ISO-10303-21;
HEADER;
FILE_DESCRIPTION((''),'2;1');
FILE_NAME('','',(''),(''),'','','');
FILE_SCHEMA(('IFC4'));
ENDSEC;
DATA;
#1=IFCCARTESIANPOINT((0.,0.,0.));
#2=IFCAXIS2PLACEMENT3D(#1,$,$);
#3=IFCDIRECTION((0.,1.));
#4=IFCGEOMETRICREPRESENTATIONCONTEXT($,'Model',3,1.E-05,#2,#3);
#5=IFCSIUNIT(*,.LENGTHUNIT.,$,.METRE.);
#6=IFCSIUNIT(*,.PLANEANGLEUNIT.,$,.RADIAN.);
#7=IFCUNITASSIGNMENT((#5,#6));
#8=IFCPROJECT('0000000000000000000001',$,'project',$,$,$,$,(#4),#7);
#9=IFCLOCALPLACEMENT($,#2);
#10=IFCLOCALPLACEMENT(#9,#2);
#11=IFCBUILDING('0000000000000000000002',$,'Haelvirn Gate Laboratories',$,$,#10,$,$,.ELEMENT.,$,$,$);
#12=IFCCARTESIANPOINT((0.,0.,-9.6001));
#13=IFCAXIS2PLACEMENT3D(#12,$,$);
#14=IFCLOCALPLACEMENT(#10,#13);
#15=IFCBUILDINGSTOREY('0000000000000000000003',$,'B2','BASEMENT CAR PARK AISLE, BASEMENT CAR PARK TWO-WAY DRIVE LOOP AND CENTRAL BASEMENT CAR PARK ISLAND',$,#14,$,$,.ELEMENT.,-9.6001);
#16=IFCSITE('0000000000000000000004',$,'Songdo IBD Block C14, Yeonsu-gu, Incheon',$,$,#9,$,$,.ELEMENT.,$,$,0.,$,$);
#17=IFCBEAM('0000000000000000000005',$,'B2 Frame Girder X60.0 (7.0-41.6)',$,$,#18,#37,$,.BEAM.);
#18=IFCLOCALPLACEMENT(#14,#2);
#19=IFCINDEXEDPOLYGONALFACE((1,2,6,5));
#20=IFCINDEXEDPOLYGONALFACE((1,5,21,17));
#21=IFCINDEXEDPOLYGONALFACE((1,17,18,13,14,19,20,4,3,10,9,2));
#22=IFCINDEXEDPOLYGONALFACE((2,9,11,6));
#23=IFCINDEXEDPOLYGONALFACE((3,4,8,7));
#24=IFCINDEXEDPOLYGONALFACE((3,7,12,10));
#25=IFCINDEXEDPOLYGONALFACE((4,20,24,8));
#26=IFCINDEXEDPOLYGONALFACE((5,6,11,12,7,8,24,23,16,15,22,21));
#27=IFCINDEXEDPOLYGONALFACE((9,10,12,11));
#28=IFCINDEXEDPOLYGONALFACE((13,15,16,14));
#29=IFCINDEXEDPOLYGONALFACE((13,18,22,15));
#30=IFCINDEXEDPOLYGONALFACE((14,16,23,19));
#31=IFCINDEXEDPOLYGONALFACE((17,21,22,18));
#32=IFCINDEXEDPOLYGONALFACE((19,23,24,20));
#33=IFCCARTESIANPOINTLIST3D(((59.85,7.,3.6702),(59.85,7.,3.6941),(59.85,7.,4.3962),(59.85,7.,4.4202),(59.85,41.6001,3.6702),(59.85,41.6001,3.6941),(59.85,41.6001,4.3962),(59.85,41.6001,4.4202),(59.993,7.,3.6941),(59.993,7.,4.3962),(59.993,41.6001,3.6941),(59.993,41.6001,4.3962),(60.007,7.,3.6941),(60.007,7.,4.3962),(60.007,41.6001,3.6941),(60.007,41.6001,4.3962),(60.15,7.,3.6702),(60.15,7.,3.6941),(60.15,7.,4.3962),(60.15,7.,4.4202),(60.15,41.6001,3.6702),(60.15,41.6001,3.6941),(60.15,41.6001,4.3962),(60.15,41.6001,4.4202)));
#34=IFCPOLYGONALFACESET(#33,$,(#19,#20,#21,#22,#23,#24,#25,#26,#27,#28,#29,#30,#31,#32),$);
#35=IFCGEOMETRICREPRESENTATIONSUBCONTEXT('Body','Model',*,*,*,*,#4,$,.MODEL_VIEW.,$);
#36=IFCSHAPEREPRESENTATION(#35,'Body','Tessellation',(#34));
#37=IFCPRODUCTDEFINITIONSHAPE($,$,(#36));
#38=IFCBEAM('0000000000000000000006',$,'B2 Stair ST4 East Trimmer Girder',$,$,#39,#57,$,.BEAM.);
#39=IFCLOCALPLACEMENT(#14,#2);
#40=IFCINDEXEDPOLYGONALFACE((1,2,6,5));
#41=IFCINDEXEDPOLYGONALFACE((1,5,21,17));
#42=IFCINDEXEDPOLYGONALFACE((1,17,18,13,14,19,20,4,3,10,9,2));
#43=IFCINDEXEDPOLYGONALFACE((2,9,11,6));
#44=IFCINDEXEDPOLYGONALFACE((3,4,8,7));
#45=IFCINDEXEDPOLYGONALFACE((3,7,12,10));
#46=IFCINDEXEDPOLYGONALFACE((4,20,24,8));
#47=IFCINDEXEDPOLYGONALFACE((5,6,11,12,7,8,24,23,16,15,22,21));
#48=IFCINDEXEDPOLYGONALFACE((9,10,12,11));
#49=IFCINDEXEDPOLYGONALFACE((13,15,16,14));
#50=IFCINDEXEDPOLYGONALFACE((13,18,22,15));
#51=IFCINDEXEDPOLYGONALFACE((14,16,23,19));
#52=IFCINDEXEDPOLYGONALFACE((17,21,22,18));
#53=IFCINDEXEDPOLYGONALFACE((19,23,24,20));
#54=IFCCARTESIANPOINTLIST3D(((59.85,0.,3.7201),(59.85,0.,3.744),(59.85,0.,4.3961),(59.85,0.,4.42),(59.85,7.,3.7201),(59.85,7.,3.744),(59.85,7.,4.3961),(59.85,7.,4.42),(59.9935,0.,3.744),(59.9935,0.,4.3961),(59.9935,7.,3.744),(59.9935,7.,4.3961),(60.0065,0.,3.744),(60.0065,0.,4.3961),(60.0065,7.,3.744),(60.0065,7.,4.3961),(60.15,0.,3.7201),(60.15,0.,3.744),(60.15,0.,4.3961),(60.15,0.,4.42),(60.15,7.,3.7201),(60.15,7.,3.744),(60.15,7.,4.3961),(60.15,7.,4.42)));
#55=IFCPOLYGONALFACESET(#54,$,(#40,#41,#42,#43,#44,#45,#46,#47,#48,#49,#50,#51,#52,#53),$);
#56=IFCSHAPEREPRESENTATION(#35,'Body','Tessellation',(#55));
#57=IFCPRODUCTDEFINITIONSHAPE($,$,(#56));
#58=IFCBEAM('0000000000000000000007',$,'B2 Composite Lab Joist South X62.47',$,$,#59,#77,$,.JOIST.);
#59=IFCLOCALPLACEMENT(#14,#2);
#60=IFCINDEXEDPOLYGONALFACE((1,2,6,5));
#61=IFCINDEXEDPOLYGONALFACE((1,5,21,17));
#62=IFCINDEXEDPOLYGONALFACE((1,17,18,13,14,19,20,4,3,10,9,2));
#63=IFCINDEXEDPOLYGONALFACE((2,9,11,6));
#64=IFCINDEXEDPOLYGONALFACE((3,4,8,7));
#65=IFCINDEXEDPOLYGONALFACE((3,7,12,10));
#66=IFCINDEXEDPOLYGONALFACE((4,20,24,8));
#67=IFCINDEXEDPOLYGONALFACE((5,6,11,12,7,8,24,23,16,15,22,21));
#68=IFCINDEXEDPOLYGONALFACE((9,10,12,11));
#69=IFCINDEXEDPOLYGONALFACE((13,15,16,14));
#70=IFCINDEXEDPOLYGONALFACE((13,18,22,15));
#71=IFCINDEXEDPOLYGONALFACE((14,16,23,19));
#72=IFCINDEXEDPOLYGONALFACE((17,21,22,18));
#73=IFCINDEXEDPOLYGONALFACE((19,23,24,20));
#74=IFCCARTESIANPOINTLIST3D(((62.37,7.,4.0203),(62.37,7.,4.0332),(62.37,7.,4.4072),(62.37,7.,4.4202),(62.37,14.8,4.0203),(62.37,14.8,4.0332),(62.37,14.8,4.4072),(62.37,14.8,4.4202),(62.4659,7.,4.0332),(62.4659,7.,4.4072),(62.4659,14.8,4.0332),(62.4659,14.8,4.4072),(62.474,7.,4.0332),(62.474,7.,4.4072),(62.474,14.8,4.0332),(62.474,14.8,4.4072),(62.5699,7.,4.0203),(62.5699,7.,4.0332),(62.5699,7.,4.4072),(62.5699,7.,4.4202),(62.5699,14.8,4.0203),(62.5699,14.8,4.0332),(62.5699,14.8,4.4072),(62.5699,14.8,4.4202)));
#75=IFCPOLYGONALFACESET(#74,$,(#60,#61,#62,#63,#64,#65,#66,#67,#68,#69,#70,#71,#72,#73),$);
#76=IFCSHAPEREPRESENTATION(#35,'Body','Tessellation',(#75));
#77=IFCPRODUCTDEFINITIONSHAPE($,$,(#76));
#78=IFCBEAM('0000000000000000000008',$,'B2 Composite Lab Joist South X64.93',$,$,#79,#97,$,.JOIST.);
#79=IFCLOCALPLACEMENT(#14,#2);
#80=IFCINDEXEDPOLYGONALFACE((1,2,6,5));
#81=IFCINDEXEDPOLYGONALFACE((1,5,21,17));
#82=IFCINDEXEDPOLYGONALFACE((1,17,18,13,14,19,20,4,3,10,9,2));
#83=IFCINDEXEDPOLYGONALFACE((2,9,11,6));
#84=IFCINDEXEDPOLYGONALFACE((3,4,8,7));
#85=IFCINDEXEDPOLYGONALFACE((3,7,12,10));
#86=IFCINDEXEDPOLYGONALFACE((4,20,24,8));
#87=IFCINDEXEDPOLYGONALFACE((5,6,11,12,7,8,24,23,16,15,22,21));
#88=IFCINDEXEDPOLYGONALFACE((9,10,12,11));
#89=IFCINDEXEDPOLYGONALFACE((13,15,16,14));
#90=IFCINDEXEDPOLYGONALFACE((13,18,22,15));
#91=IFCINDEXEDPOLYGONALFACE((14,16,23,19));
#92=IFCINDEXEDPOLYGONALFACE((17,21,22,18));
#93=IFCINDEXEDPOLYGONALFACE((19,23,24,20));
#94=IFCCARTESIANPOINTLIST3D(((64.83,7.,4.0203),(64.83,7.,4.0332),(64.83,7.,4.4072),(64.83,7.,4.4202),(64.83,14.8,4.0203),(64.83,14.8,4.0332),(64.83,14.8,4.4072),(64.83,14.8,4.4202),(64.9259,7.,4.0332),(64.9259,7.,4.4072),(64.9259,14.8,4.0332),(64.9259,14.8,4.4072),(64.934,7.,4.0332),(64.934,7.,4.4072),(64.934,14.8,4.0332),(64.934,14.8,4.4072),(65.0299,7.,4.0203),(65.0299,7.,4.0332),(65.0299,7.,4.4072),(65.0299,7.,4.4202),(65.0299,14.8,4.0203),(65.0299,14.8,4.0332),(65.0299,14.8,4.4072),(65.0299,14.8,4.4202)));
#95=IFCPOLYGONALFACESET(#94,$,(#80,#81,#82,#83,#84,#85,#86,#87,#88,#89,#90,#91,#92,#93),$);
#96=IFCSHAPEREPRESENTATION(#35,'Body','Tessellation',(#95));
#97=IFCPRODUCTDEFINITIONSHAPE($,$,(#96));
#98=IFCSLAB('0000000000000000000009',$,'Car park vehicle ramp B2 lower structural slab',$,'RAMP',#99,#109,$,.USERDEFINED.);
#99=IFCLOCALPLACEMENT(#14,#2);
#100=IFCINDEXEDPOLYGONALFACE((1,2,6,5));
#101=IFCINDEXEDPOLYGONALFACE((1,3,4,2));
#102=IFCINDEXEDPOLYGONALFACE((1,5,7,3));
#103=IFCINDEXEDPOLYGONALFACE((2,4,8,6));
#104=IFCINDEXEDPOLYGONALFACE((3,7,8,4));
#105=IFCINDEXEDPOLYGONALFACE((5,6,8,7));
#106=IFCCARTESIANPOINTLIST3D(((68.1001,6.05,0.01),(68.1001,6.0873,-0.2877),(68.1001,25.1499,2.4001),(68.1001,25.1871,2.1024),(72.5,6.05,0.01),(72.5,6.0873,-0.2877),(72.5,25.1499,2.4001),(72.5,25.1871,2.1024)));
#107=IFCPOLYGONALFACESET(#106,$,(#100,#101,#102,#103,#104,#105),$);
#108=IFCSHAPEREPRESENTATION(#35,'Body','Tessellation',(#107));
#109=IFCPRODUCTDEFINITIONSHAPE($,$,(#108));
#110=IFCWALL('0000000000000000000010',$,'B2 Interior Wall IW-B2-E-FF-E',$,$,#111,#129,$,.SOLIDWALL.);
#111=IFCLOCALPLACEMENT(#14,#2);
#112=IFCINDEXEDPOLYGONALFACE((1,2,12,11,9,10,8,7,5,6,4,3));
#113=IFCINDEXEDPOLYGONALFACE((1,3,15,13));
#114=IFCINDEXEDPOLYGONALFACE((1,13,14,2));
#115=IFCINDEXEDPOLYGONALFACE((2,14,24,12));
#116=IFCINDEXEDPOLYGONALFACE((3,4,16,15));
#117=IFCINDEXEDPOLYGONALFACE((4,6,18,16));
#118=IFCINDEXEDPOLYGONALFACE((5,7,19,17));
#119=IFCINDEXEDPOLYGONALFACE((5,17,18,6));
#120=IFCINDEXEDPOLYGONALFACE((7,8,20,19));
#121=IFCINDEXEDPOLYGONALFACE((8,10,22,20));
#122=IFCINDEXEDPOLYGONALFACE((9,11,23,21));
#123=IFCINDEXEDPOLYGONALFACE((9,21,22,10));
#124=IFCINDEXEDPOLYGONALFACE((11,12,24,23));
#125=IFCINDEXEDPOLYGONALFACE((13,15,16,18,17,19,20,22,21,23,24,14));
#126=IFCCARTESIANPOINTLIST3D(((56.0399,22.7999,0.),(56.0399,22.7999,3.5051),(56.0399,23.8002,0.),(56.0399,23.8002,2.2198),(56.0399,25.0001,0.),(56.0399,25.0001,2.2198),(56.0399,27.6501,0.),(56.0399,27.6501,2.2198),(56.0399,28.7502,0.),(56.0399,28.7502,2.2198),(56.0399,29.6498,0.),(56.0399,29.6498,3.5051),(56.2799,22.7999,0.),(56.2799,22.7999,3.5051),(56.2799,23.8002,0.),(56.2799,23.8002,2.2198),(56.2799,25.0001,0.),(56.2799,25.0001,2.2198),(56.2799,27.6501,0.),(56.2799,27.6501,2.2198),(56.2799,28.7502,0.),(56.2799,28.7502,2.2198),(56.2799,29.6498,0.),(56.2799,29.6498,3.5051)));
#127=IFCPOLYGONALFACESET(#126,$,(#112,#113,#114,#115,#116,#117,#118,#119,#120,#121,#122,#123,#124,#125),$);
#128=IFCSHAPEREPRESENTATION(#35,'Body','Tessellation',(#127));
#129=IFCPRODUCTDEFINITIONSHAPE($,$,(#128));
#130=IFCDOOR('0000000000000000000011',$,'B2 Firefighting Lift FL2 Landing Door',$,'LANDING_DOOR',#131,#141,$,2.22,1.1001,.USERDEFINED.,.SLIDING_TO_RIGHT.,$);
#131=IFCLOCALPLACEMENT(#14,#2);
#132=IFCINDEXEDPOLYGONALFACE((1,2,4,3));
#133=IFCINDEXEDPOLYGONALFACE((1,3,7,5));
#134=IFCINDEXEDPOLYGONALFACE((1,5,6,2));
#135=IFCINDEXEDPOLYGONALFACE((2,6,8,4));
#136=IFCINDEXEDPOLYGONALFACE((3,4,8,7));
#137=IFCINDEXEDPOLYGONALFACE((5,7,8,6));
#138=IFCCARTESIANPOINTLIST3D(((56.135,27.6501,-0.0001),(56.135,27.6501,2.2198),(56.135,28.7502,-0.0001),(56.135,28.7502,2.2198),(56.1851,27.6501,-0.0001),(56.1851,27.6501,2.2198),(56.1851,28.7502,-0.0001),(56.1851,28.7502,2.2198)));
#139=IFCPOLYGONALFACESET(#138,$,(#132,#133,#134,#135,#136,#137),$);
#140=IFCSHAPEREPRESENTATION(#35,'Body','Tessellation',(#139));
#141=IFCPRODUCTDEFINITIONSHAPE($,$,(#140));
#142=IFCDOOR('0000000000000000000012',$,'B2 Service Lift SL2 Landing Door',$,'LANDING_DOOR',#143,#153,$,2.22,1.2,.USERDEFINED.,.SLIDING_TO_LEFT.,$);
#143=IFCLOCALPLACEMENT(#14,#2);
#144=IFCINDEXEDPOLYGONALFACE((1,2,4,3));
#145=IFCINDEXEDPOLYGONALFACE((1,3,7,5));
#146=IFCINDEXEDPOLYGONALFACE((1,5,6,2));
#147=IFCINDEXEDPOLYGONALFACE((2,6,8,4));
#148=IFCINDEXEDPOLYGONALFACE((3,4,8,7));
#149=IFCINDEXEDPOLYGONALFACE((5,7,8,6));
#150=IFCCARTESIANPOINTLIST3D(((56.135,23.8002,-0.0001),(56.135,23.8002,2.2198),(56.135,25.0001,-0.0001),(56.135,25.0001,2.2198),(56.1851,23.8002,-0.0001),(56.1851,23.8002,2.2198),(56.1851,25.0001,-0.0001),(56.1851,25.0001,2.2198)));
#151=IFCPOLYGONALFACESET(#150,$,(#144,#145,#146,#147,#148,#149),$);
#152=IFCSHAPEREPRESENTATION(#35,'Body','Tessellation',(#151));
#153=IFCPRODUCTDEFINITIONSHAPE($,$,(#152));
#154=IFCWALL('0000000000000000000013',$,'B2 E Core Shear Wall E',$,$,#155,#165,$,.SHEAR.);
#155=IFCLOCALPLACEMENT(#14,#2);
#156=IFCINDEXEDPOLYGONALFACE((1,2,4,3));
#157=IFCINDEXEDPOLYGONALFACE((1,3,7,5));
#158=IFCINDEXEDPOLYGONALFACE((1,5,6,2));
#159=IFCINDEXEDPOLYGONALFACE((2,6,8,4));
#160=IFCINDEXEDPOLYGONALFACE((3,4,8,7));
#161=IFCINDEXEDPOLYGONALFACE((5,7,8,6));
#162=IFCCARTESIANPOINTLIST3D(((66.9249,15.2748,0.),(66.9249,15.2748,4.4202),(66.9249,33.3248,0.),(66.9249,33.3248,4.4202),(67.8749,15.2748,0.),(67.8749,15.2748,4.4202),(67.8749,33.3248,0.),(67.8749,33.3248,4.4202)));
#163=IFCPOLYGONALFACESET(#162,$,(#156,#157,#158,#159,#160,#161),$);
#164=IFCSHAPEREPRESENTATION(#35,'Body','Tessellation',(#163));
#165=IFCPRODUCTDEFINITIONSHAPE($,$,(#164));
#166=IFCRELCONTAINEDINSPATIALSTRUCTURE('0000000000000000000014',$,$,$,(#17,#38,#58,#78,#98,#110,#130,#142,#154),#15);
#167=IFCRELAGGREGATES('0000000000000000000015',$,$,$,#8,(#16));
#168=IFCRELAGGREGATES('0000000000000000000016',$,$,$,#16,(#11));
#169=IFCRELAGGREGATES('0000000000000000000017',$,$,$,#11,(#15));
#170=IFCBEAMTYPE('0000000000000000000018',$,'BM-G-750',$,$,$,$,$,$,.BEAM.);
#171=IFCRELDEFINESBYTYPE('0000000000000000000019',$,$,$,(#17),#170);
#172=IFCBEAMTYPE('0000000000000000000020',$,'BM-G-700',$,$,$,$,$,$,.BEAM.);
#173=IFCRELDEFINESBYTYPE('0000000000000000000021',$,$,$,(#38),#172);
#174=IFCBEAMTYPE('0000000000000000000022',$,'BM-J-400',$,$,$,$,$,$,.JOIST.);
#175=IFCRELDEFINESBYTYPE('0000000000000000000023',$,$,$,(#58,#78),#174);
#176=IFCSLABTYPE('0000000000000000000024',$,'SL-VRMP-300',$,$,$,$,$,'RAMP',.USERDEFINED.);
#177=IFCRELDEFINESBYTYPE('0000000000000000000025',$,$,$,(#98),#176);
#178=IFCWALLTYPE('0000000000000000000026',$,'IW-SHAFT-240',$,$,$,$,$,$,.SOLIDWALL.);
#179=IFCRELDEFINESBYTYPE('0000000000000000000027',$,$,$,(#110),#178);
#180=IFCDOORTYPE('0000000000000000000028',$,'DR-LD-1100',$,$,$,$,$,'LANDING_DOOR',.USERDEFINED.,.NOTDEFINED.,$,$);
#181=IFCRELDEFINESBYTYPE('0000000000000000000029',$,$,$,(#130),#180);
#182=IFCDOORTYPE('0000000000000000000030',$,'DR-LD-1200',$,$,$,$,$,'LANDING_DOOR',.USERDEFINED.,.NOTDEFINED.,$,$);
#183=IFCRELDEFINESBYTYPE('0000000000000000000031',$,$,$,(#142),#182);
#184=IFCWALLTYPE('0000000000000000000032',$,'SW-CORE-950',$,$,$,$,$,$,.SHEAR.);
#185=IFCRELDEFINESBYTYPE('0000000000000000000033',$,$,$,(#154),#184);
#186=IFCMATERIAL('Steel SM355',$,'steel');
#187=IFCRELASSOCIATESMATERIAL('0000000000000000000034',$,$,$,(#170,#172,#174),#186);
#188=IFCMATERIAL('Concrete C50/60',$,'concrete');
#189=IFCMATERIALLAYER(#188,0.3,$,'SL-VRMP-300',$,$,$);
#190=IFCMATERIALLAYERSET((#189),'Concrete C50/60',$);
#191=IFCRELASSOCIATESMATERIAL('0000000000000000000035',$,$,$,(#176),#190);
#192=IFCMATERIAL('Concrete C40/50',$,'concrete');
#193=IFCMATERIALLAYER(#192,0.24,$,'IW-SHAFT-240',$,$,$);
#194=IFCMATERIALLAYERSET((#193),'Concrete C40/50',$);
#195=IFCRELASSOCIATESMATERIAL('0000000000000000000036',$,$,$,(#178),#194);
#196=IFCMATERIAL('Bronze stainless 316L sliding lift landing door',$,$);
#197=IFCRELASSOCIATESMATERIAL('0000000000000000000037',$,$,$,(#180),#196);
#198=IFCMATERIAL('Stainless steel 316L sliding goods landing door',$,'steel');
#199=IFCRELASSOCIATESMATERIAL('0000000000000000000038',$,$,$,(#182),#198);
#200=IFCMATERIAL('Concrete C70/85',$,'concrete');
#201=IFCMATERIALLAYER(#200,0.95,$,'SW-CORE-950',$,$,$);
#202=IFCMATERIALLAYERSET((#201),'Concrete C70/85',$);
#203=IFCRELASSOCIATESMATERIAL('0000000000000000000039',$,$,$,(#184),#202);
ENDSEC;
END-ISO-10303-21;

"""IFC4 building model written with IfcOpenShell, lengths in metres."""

from ifc_helpers import new_model, si_unit, direction, frame, frame_2d, origin, origin_2d, place, context, subcontext, project, spatial, polyline, rectangle, i_section, outline, extrude, source, transform, mapped, material, layer, layer_set, material_profile, profile_set, type_object, type_shapes, element, fill, save


model = new_model("IFC4")

# Units and contexts
model_context = context("Model", 3, precision=1e-05, world=origin(), true_north=direction((0.0, 1.0)))
body_context = subcontext(model_context, "Body", "Model", "MODEL_VIEW")
ifc_project = project(units=[si_unit("LENGTHUNIT", "METRE"), si_unit("PLANEANGLEUNIT", "RADIAN")], contexts=[model_context])

# Site, building, storey
site_placement = place(None, origin())
site = spatial("IfcSite", under=ifc_project, at=site_placement, Name="Songdo IBD Block C14, Yeonsu-gu, Incheon", CompositionType="ELEMENT", RefElevation=0.0)
building_placement = place(site_placement, origin())
building = spatial("IfcBuilding", under=site, at=building_placement, Name="Haelvirn Gate Laboratories", CompositionType="ELEMENT")
storey_placement = place(building_placement, frame((0.0, 0.0, -9.6001)))
storey = spatial("IfcBuildingStorey", under=building, at=storey_placement, Name="B2", Description="BASEMENT CAR PARK AISLE, BASEMENT CAR PARK TWO-WAY DRIVE LOOP AND CENTRAL BASEMENT CAR PARK ISLAND", CompositionType="ELEMENT", Elevation=-9.6001)

# Shared definitions
ifc_material_1 = material(Name="Concrete C70/85", Category="concrete")

# Beams
ifc_material_2 = material(Name="Steel SM355", Category="steel")
ifc_material_profile_1 = material_profile(ifc_material_2, i_section(OverallWidth=0.3, OverallDepth=0.75, WebThickness=0.0139, FlangeThickness=0.0239, at=origin_2d()), Name="H-750x300x14x24")
ifc_profile_set_1 = profile_set([ifc_material_profile_1], Name="Steel SM355")
beam_type_1 = type_object("IfcBeamType", Name="BM-G-750", PredefinedType="BEAM", material=ifc_profile_set_1)
shared_shape_1 = source(origin(), body_context, "Body", "SweptSolid", [
    extrude(i_section(OverallWidth=0.3, OverallDepth=0.75, WebThickness=0.0139, FlangeThickness=0.0239, at=origin_2d()), origin(), (0.0, 0.0, 1.0), 34.6001),
])
beam_1_placement = place(storey_placement, frame((60.0, 7.0, 4.0452), z_axis=(0.0, 1.0, 0.0), x_axis=(-1.0, 0.0, 0.0)))
element("IfcBeam", 1, at=beam_1_placement, inside=storey, type_object=beam_type_1, Name="B2 Frame Girder X60.0 (7.0-41.6)", PredefinedType="BEAM", context=body_context, shape_type="MappedRepresentation", body=[
    mapped(shared_shape_1, transform((0.0, 0.0, 0.0), scale=1.0)),
])
ifc_material_profile_2 = material_profile(ifc_material_2, i_section(OverallWidth=0.3, OverallDepth=0.7, WebThickness=0.0129, FlangeThickness=0.0239, at=origin_2d()), Name="H-700x300x13x24")
ifc_profile_set_2 = profile_set([ifc_material_profile_2], Name="Steel SM355")
beam_type_2 = type_object("IfcBeamType", Name="BM-G-700", PredefinedType="BEAM", material=ifc_profile_set_2)
shared_shape_2 = source(origin(), body_context, "Body", "SweptSolid", [
    extrude(i_section(OverallWidth=0.3, OverallDepth=0.7, WebThickness=0.0129, FlangeThickness=0.0239, at=origin_2d()), origin(), (0.0, 0.0, 1.0), 7.0),
])
type_shapes(beam_type_2, [shared_shape_2])
beam_2_placement = place(storey_placement, frame((60.0, 0.0, 4.0701), z_axis=(0.0, 1.0, 0.0), x_axis=(-1.0, 0.0, 0.0)))
element("IfcBeam", 2, at=beam_2_placement, inside=storey, type_object=beam_type_2, Name="B2 Stair ST4 East Trimmer Girder", PredefinedType="BEAM", context=body_context, shape_type="MappedRepresentation", body=[
    mapped(shared_shape_2, transform((0.0, 0.0, 0.0), scale=1.0)),
])
ifc_material_profile_3 = material_profile(ifc_material_2, i_section(OverallWidth=0.2, OverallDepth=0.3999, WebThickness=0.0081, FlangeThickness=0.0129, at=origin_2d()), Name="H-400x200x8x13")
ifc_profile_set_3 = profile_set([ifc_material_profile_3], Name="Steel SM355")
beam_type_3 = type_object("IfcBeamType", Name="BM-J-400", PredefinedType="JOIST", material=ifc_profile_set_3)
shared_shape_3 = source(origin(), body_context, "Body", "SweptSolid", [
    extrude(i_section(OverallWidth=0.2, OverallDepth=0.3999, WebThickness=0.0081, FlangeThickness=0.0129, at=origin_2d()), origin(), (0.0, 0.0, 1.0), 7.8),
])
type_shapes(beam_type_3, [shared_shape_3])
for number, where, z_axis, x_axis, name in (
    (3, (62.47, 7.0, 4.2202), (0.0, 1.0, 0.0), (-1.0, 0.0, 0.0), "B2 Composite Lab Joist South X62.47"),
    (4, (64.9299, 7.0, 4.2202), (0.0, 1.0, 0.0), (-1.0, 0.0, 0.0), "B2 Composite Lab Joist South X64.93"),
):
    element("IfcBeam", number, at=place(storey_placement, frame(where, z_axis=z_axis, x_axis=x_axis)), inside=storey, type_object=beam_type_3, Name=name, PredefinedType="JOIST", context=body_context, shape_type="MappedRepresentation", body=[
        mapped(shared_shape_3, transform((0.0, 0.0, 0.0), scale=1.0)),
    ])

# Slab
ifc_material_3 = material(Name="Concrete C50/60", Category="concrete")
ifc_layer_1 = layer(ifc_material_3, 0.3, Name="SL-VRMP-300")
ifc_layer_set_1 = layer_set([ifc_layer_1], Name="Concrete C50/60")
slab_type = type_object("IfcSlabType", Name="SL-VRMP-300", ElementType="RAMP", PredefinedType="USERDEFINED", material=ifc_layer_set_1)
slab_placement = place(storey_placement, frame((68.1001, 6.05, 0.01), z_axis=(0.0, -0.124171, 0.992261), x_axis=(1.0, 0.0, 0.0)))
element("IfcSlab", 5, at=slab_placement, inside=storey, type_object=slab_type, Name="Car park vehicle ramp B2 lower structural slab", ObjectType="RAMP", PredefinedType="USERDEFINED", context=body_context, shape_type="SweptSolid", body=[
    extrude(outline(polyline([(0.0, 0.0), (4.3999, 0.0), (4.3999, 19.2488), (0.0, 19.2488), (0.0, 0.0)])), origin(), (0.0, 0.0, -1.0), 0.3),
])

# Wall, openings, doors
ifc_material_4 = material(Name="Concrete C40/50", Category="concrete")
ifc_layer_2 = layer(ifc_material_4, 0.24, Name="IW-SHAFT-240")
ifc_layer_set_2 = layer_set([ifc_layer_2], Name="Concrete C40/50")
wall_type_1 = type_object("IfcWallType", Name="IW-SHAFT-240", PredefinedType="SOLIDWALL", material=ifc_layer_set_2)
wall_1_placement = place(storey_placement, frame((56.1599, 22.8, 0.0), z_axis=(0.0, 0.0, 1.0), x_axis=(0.0, 1.0, 0.0)))
wall_1 = element("IfcWall", 6, at=wall_1_placement, inside=storey, type_object=wall_type_1, Name="B2 Interior Wall IW-B2-E-FF-E", PredefinedType="SOLIDWALL", context=body_context, shape_type="SweptSolid", body=[
    extrude(rectangle(XDim=6.8499, YDim=0.24, at=frame_2d((3.4248, 0.0))), origin(), (0.0, 0.0, 1.0), 3.5051),
])
opening_1_placement = place(wall_1_placement, frame((4.8501, 0.0, 0.0)))
opening_1 = element("IfcOpeningElement", 7, at=opening_1_placement, cuts=wall_1, PredefinedType="OPENING", context=body_context, shape_type="SweptSolid", body=[
    extrude(rectangle(XDim=1.1001, YDim=2.22, at=frame_2d((0.55, 1.1099))), frame((0.0, 0.1299, 0.0), z_axis=(0.0, -1.0, 0.0), x_axis=(1.0, 0.0, 0.0)), (0.0, 0.0, 1.0), 0.26),
])
opening_2_placement = place(wall_1_placement, frame((1.0, 0.0, 0.0)))
opening_2 = element("IfcOpeningElement", 8, at=opening_2_placement, cuts=wall_1, PredefinedType="OPENING", context=body_context, shape_type="SweptSolid", body=[
    extrude(rectangle(XDim=1.2, YDim=2.22, at=frame_2d((0.6001, 1.1099))), frame((0.0, 0.1299, 0.0), z_axis=(0.0, -1.0, 0.0), x_axis=(1.0, 0.0, 0.0)), (0.0, 0.0, 1.0), 0.26),
])
ifc_material_5 = material(Name="Bronze stainless 316L sliding lift landing door")
door_type_1 = type_object("IfcDoorType", Name="DR-LD-1100", ElementType="LANDING_DOOR", OperationType="NOTDEFINED", PredefinedType="USERDEFINED", material=ifc_material_5)
shared_shape_4 = source(origin(), body_context, "Body", "SweptSolid", [
    extrude(rectangle(XDim=1.1001, YDim=2.22, at=frame_2d((0.55, 1.1099))), frame((0.0, 0.0249, 0.0), z_axis=(0.0, -1.0, 0.0), x_axis=(1.0, 0.0, 0.0)), (0.0, 0.0, 1.0), 0.05),
])
type_shapes(door_type_1, [shared_shape_4])
door_1_placement = place(opening_1_placement, origin())
door_1 = element("IfcDoor", 9, at=door_1_placement, inside=storey, type_object=door_type_1, Name="B2 Firefighting Lift FL2 Landing Door", ObjectType="LANDING_DOOR", OperationType="SLIDING_TO_RIGHT", OverallHeight=2.22, OverallWidth=1.1001, PredefinedType="USERDEFINED", context=body_context, shape_type="MappedRepresentation", body=[
    mapped(shared_shape_4, transform((0.0, 0.0, 0.0), scale=1.0)),
])
fill(opening_1, door_1)
ifc_material_6 = material(Name="Stainless steel 316L sliding goods landing door", Category="steel")
door_type_2 = type_object("IfcDoorType", Name="DR-LD-1200", ElementType="LANDING_DOOR", OperationType="NOTDEFINED", PredefinedType="USERDEFINED", material=ifc_material_6)
shared_shape_5 = source(origin(), body_context, "Body", "SweptSolid", [
    extrude(rectangle(XDim=1.2, YDim=2.22, at=frame_2d((0.6001, 1.1099))), frame((0.0, 0.0249, 0.0), z_axis=(0.0, -1.0, 0.0), x_axis=(1.0, 0.0, 0.0)), (0.0, 0.0, 1.0), 0.05),
])
type_shapes(door_type_2, [shared_shape_5])
door_2_placement = place(opening_2_placement, origin())
door_2 = element("IfcDoor", 10, at=door_2_placement, inside=storey, type_object=door_type_2, Name="B2 Service Lift SL2 Landing Door", ObjectType="LANDING_DOOR", OperationType="SLIDING_TO_LEFT", OverallHeight=2.22, OverallWidth=1.2, PredefinedType="USERDEFINED", context=body_context, shape_type="MappedRepresentation", body=[
    mapped(shared_shape_5, transform((0.0, 0.0, 0.0), scale=1.0)),
])
fill(opening_2, door_2)

# Wall
ifc_layer_3 = layer(ifc_material_1, 0.95, Name="SW-CORE-950")
ifc_layer_set_3 = layer_set([ifc_layer_3], Name="Concrete C70/85")
wall_type_2 = type_object("IfcWallType", Name="SW-CORE-950", PredefinedType="SHEAR", material=ifc_layer_set_3)
wall_2_placement = place(storey_placement, frame((67.3999, 15.2749, 0.0), z_axis=(0.0, 0.0, 1.0), x_axis=(0.0, 1.0, 0.0)))
element("IfcWall", 11, at=wall_2_placement, inside=storey, type_object=wall_type_2, Name="B2 E Core Shear Wall E", PredefinedType="SHEAR", context=body_context, shape_type="SweptSolid", body=[
    extrude(rectangle(XDim=18.05, YDim=0.95, at=frame_2d((9.0249, 0.0))), origin(), (0.0, 0.0, 1.0), 4.4202),
])

save(model, "model.ifc")
